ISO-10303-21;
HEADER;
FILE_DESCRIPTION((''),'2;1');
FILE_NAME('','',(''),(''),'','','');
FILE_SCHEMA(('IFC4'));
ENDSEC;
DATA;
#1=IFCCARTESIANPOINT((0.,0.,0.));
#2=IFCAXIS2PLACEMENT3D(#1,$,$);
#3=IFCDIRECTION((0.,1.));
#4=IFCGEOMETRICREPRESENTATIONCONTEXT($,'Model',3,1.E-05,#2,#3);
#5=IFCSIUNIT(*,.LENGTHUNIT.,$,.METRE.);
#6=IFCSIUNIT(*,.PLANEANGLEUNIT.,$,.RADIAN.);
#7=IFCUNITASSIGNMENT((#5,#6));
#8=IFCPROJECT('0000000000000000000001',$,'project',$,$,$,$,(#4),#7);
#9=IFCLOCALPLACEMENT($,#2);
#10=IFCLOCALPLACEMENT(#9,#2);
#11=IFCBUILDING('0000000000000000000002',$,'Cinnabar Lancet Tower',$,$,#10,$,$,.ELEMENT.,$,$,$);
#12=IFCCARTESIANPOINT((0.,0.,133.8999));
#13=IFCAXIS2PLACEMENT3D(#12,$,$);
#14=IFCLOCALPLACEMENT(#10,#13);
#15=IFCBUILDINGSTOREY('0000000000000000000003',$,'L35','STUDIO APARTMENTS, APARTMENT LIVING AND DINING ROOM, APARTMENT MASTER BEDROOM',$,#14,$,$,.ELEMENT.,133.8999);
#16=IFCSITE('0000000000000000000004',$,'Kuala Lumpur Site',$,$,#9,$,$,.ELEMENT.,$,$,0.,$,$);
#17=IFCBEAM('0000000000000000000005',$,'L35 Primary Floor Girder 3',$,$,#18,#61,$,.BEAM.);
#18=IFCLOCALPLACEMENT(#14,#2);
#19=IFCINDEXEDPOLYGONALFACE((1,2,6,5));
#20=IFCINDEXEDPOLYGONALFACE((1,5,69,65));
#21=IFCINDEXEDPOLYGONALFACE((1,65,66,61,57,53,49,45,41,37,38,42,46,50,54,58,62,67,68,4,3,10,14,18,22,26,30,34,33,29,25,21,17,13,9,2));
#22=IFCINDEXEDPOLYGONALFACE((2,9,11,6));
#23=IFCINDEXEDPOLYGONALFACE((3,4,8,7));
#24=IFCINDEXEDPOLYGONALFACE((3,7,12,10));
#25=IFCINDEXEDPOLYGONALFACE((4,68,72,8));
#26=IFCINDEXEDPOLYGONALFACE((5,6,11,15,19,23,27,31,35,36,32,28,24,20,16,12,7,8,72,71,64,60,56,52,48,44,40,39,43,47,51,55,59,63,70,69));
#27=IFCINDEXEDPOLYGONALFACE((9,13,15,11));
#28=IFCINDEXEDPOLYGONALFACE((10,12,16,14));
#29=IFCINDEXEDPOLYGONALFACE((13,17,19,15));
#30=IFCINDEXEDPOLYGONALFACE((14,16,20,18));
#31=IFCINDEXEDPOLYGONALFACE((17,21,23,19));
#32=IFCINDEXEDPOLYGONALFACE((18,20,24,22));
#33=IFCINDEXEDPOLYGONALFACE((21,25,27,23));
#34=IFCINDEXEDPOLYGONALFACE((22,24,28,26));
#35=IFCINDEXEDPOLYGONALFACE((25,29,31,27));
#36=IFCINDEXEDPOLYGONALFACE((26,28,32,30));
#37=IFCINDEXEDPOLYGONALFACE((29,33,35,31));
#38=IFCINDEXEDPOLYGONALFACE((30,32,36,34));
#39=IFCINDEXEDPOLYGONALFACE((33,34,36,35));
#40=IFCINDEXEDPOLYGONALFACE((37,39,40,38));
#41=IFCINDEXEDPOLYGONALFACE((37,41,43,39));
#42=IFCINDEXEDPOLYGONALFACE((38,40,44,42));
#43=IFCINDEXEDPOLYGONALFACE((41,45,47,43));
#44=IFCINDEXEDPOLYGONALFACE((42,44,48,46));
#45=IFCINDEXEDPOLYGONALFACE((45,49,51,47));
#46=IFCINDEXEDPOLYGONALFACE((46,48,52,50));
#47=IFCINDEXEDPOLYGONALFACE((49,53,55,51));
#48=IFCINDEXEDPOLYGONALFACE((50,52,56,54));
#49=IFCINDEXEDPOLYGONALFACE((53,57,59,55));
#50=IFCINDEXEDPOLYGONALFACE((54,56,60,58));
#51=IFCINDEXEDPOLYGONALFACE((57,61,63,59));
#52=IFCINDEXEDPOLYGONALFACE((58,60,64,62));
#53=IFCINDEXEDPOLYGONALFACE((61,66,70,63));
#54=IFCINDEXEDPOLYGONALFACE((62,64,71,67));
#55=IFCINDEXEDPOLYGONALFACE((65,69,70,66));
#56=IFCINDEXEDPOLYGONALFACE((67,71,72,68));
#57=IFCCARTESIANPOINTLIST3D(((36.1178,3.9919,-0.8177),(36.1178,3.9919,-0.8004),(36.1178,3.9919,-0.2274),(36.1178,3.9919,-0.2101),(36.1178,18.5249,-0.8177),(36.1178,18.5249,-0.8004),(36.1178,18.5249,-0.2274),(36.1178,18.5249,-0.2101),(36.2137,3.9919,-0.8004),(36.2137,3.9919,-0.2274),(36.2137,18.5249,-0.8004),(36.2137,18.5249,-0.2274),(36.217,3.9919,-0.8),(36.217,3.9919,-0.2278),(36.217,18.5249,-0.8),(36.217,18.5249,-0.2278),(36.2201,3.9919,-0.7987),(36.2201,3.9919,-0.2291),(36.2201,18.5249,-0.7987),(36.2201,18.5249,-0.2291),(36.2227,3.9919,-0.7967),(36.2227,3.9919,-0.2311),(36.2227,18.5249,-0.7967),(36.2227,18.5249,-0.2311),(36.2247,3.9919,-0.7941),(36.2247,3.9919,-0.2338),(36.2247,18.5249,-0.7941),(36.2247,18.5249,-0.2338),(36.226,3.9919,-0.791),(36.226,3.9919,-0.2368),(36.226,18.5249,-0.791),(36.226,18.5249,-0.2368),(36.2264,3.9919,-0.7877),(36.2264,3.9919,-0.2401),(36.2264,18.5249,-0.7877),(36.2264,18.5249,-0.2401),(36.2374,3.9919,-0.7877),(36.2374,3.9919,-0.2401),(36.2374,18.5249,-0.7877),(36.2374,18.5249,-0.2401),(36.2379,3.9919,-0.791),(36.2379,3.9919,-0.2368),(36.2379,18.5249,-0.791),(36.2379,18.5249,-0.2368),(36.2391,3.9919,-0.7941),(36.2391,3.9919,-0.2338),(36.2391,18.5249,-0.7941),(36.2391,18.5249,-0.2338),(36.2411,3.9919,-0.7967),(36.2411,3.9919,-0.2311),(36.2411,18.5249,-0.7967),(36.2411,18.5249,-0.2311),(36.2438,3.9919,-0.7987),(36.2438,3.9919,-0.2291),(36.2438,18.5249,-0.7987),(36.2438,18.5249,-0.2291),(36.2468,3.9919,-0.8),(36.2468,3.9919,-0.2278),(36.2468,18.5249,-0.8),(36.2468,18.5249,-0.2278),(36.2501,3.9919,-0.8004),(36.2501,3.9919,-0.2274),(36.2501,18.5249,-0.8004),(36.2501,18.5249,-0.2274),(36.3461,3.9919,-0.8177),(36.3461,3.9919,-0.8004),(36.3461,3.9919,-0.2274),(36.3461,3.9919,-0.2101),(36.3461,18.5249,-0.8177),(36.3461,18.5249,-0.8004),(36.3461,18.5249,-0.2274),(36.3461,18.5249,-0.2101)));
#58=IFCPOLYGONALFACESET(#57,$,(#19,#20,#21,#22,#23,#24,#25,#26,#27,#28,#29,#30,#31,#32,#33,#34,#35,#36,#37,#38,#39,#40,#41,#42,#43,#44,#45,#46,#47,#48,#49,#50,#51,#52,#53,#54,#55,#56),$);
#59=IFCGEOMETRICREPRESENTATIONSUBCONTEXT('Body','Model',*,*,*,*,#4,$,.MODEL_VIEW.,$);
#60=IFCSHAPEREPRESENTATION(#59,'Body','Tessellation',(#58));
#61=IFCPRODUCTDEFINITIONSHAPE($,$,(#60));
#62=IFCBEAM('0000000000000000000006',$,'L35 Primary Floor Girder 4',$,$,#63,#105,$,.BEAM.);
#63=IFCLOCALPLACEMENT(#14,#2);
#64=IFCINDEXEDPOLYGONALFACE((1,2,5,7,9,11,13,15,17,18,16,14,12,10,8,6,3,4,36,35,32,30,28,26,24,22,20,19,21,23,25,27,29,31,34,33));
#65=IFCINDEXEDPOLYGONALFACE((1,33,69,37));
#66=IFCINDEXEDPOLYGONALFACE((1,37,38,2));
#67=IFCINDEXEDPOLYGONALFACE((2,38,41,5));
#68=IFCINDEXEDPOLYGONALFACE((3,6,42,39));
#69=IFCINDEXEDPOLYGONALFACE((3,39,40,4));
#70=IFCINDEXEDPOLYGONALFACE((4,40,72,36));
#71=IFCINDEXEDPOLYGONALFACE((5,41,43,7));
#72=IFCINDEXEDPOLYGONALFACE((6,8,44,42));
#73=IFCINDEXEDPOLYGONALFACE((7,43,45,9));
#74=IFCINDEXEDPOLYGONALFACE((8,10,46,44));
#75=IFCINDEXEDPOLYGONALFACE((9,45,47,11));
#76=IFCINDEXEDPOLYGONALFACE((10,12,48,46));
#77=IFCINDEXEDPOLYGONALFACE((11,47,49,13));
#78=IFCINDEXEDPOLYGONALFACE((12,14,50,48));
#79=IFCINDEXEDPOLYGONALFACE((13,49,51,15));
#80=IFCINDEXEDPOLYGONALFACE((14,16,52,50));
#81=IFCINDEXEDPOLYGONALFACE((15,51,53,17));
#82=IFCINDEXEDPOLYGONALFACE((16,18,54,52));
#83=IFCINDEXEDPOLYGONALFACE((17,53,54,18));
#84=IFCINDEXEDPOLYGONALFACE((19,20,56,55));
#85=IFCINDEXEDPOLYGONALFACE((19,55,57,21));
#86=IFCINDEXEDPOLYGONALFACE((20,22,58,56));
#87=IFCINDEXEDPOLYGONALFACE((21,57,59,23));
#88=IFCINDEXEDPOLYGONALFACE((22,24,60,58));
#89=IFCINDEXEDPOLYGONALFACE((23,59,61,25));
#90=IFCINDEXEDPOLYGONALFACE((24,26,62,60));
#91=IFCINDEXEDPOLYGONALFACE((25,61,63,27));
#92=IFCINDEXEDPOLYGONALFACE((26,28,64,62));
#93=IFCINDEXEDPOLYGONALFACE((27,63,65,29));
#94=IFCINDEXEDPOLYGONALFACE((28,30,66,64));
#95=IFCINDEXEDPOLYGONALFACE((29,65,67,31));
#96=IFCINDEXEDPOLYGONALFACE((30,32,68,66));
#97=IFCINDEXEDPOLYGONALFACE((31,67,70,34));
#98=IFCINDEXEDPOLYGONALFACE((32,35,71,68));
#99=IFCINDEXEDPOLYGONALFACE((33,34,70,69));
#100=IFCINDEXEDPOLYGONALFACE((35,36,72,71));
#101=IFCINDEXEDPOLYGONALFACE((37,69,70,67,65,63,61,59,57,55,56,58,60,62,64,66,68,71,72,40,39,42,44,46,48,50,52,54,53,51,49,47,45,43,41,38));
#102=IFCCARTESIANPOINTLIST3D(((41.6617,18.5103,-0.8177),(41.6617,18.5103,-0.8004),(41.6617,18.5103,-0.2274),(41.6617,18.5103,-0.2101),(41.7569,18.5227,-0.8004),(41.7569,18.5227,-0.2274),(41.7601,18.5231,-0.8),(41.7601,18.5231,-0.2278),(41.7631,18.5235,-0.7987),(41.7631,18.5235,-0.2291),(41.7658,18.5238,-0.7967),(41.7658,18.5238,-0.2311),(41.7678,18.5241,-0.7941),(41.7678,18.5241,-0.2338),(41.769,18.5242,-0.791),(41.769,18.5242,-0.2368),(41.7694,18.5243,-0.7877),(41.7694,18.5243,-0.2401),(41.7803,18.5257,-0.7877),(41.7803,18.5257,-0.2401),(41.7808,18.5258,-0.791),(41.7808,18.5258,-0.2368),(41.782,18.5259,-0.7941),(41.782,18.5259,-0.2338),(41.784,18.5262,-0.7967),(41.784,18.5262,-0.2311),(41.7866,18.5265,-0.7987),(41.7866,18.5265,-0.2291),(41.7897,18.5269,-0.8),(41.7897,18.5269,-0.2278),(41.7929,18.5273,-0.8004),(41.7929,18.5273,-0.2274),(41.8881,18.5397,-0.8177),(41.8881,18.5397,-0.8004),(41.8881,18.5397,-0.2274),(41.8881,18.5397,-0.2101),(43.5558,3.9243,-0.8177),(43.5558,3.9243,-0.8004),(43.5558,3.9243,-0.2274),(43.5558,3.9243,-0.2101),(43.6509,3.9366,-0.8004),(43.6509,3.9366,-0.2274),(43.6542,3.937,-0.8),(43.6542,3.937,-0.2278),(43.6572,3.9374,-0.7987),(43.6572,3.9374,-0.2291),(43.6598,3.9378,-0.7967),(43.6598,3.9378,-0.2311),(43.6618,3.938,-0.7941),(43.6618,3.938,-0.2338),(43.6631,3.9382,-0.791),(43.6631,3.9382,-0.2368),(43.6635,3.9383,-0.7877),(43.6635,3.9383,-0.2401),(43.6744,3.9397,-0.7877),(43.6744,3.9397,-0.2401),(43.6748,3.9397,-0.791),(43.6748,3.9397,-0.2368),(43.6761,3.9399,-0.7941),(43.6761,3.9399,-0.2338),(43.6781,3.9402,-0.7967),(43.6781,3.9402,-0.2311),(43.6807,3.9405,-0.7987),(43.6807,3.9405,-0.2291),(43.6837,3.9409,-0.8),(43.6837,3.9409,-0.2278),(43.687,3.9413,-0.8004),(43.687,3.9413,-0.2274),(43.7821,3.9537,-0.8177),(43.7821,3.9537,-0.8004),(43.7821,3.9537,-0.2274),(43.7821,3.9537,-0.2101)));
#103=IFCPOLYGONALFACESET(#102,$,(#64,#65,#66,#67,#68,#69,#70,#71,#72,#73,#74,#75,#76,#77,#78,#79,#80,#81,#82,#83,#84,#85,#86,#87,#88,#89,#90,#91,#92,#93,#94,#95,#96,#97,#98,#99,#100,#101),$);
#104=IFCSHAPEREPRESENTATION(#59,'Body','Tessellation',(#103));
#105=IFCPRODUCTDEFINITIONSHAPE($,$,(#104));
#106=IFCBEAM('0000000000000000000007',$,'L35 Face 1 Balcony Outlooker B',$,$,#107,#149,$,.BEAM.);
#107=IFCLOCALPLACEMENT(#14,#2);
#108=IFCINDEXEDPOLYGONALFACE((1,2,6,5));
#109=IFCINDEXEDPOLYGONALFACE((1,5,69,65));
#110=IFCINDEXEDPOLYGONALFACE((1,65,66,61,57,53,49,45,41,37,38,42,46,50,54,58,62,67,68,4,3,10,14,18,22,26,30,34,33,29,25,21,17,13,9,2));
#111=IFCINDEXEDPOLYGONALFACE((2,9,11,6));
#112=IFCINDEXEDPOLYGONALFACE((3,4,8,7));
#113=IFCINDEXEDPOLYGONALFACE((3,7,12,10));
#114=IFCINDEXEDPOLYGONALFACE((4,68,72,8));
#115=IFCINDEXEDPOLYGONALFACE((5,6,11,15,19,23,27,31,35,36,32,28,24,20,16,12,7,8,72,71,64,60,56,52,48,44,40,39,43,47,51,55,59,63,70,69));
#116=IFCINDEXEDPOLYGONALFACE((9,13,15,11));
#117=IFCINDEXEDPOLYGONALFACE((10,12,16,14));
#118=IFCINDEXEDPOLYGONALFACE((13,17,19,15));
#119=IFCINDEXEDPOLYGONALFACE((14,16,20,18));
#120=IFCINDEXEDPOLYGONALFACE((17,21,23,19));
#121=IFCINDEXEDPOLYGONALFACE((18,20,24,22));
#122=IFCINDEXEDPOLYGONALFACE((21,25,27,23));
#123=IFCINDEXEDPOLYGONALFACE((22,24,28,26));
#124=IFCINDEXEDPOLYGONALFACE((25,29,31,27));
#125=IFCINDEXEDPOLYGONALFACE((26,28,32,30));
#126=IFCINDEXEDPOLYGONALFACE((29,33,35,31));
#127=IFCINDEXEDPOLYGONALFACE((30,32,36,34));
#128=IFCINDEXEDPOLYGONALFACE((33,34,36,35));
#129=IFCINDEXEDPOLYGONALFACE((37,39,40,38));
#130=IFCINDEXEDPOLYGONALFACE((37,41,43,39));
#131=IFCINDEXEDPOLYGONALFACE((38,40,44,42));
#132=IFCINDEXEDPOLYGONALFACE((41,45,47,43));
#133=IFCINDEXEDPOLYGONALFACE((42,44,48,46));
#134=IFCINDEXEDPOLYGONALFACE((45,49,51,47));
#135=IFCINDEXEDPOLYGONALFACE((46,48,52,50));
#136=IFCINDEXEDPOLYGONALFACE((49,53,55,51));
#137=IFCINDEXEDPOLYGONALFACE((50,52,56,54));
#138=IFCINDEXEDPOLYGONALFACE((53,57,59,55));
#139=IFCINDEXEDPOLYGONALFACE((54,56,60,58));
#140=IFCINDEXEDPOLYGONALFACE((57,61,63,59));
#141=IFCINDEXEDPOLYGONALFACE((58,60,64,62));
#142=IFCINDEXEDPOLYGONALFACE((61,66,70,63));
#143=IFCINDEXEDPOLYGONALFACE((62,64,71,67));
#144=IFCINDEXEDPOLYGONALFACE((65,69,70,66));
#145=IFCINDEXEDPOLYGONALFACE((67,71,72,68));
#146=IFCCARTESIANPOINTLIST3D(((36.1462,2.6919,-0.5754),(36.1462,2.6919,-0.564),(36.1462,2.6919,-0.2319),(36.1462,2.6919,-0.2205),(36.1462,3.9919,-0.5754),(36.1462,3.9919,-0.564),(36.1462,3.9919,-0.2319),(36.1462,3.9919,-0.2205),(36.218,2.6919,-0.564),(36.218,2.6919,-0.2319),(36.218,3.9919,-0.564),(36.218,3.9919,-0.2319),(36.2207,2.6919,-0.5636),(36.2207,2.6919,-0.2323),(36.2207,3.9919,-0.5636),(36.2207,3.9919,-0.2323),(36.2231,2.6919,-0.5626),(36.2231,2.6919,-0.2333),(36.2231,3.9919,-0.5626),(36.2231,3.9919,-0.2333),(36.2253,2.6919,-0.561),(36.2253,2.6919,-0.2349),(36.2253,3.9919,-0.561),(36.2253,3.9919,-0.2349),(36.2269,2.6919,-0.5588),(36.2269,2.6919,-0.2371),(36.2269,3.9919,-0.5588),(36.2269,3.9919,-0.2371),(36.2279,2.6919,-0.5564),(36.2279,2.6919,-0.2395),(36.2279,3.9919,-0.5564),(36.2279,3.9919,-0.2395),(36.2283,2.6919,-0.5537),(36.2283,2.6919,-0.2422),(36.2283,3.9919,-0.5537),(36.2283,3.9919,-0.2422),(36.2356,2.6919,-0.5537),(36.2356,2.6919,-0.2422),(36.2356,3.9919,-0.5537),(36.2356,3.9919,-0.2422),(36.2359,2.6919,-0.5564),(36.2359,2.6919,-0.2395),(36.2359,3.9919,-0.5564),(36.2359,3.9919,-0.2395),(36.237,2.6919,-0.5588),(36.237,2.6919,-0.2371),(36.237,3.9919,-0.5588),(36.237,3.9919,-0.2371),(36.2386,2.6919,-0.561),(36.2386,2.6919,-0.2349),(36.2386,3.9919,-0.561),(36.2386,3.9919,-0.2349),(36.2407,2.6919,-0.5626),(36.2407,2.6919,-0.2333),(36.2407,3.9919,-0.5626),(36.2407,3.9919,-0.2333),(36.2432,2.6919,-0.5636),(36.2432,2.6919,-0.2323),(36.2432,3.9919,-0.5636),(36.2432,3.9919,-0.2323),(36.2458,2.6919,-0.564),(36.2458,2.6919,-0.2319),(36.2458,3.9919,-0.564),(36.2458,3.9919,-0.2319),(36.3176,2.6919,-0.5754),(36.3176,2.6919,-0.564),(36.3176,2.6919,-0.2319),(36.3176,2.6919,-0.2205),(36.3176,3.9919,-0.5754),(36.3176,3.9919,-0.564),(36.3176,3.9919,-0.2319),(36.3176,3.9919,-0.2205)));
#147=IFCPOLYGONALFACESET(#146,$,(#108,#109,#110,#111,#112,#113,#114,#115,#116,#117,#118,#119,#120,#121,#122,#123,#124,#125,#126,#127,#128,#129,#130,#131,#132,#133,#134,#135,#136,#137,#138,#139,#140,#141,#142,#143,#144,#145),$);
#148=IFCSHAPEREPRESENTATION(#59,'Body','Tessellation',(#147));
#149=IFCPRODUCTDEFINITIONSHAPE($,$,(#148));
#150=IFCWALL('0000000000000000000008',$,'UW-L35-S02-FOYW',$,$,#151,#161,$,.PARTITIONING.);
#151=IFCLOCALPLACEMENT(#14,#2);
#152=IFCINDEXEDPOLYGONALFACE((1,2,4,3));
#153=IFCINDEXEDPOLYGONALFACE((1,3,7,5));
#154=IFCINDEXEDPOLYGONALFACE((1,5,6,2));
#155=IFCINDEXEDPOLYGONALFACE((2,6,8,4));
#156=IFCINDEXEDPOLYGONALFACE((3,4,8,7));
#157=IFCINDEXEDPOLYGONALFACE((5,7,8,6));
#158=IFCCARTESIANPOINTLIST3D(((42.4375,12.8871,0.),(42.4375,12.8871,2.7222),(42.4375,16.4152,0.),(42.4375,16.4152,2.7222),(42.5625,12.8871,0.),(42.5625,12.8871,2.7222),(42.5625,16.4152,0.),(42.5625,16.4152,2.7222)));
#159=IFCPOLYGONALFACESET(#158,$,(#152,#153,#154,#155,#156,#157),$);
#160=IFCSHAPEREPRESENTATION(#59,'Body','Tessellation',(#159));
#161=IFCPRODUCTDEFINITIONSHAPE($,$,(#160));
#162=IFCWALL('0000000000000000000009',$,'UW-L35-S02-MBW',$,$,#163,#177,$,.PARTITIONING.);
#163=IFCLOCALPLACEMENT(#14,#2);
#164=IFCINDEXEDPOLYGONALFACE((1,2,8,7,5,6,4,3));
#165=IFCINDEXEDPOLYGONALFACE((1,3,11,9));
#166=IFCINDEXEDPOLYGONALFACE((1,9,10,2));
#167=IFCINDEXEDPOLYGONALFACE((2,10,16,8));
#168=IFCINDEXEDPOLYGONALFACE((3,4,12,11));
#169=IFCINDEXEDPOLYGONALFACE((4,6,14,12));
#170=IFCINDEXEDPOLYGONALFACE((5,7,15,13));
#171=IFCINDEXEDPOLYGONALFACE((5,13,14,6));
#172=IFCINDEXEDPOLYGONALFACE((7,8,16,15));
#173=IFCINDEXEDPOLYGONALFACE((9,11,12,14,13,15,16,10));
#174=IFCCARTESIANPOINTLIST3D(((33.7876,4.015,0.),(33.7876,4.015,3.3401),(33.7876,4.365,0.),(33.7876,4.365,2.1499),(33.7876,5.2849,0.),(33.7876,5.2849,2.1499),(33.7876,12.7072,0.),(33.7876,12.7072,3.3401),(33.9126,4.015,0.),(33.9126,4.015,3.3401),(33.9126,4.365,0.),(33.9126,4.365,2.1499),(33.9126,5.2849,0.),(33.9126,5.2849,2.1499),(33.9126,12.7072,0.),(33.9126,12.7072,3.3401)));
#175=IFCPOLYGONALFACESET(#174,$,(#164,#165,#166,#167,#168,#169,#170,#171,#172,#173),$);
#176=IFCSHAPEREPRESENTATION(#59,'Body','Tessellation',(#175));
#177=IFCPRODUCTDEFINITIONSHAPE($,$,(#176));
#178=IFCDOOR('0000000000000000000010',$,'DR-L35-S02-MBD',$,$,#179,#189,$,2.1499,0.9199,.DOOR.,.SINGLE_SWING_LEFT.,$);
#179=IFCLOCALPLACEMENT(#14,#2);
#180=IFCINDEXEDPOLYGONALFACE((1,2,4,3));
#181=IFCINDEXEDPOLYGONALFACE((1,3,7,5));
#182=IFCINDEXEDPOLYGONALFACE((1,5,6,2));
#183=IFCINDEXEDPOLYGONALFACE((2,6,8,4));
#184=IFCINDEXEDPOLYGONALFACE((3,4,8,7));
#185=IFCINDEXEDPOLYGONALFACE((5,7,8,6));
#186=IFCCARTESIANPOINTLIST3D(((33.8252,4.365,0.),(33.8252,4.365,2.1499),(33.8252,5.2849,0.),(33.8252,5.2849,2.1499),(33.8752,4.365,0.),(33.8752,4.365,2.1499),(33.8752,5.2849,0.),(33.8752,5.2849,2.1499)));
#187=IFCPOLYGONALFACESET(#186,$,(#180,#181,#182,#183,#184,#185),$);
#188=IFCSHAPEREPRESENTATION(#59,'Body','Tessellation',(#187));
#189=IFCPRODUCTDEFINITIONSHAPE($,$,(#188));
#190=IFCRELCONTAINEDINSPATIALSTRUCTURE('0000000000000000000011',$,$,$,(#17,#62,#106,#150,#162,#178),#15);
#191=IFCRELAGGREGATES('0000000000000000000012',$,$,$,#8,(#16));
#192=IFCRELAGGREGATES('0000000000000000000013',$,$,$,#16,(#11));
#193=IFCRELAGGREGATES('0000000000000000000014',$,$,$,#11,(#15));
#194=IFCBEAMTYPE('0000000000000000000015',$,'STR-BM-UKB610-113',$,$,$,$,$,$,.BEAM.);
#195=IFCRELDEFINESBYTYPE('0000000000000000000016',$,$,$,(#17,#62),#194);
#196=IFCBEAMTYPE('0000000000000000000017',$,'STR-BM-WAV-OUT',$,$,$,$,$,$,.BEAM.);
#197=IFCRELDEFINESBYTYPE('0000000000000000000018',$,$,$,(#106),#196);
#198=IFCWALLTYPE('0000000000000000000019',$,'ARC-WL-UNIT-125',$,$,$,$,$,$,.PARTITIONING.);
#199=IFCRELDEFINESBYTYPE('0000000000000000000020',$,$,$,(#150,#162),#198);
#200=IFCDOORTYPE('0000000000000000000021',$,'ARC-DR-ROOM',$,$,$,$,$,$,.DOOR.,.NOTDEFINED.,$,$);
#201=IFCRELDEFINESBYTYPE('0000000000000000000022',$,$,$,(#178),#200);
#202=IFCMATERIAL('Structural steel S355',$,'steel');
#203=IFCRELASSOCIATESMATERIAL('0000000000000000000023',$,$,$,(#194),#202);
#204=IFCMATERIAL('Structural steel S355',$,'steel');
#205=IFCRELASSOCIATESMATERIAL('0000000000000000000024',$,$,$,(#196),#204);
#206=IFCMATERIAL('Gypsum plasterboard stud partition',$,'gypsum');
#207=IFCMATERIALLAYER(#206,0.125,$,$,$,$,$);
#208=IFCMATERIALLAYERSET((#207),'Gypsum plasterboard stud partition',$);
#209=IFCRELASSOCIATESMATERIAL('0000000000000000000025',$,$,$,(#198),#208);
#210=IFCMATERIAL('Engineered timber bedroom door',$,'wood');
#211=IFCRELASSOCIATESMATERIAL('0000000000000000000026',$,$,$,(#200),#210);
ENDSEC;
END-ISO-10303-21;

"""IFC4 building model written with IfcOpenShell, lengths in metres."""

from ifc_helpers import new_model, si_unit, direction, frame, frame_2d, origin, origin_2d, place, context, subcontext, project, spatial, rectangle, i_section, extrude, material, layer, layer_set, material_profile, profile_set, type_object, element, fill, save


model = new_model("IFC4")

# Units and contexts
model_context = context("Model", 3, precision=1e-05, world=origin(), true_north=direction((0.0, 1.0)))
body_context = subcontext(model_context, "Body", "Model", "MODEL_VIEW")
ifc_project = project(units=[si_unit("LENGTHUNIT", "METRE"), si_unit("PLANEANGLEUNIT", "RADIAN")], contexts=[model_context])

# Site, building, storey
site_placement = place(None, origin())
site = spatial("IfcSite", under=ifc_project, at=site_placement, Name="Kuala Lumpur Site", CompositionType="ELEMENT", RefElevation=0.0)
building_placement = place(site_placement, origin())
building = spatial("IfcBuilding", under=site, at=building_placement, Name="Cinnabar Lancet Tower", CompositionType="ELEMENT")
storey_placement = place(building_placement, frame((0.0, 0.0, 133.8999)))
storey = spatial("IfcBuildingStorey", under=building, at=storey_placement, Name="L35", Description="STUDIO APARTMENTS, APARTMENT LIVING AND DINING ROOM, APARTMENT MASTER BEDROOM", CompositionType="ELEMENT", Elevation=133.8999)

# Beams
ifc_material_1 = material(Name="Structural steel S355", Category="steel")
ifc_material_profile_1 = material_profile(ifc_material_1, i_section(OverallWidth=0.2283, OverallDepth=0.6077, WebThickness=0.011, FlangeThickness=0.0173, FilletRadius=0.0127, at=origin_2d()), Name="UKB 610x229x113")
ifc_profile_set_1 = profile_set([ifc_material_profile_1], Name="Structural steel S355")
beam_type_1 = type_object("IfcBeamType", Name="STR-BM-UKB610-113", PredefinedType="BEAM", material=ifc_profile_set_1)
beam_1_placement = place(storey_placement, frame((36.2319, 3.9919, -0.5139), z_axis=(0.0, 1.0, 0.0), x_axis=(-1.0, 0.0, 0.0)))
element("IfcBeam", 1, at=beam_1_placement, inside=storey, type_object=beam_type_1, Name="L35 Primary Floor Girder 3", PredefinedType="BEAM", context=body_context, shape_type="SweptSolid", body=[
    extrude(i_section(OverallWidth=0.2283, OverallDepth=0.6077, WebThickness=0.011, FlangeThickness=0.0173, FilletRadius=0.0127, at=origin_2d()), origin(), (0.0, 0.0, 1.0), 14.533),
])
beam_2_placement = place(storey_placement, frame((43.6689, 3.939, -0.5139), z_axis=(-0.128773, 0.991674, 0.0), x_axis=(-0.991674, -0.128773, 0.0)))
element("IfcBeam", 2, at=beam_2_placement, inside=storey, type_object=beam_type_1, Name="L35 Primary Floor Girder 4", PredefinedType="BEAM", context=body_context, shape_type="SweptSolid", body=[
    extrude(i_section(OverallWidth=0.2283, OverallDepth=0.6077, WebThickness=0.011, FlangeThickness=0.0173, FilletRadius=0.0127, at=origin_2d()), origin(), (0.0, 0.0, 1.0), 14.7085),
])
ifc_material_2 = material(Name="Structural steel S355", Category="steel")
ifc_material_profile_2 = material_profile(ifc_material_2, i_section(OverallWidth=0.1714, OverallDepth=0.355, WebThickness=0.0073, FlangeThickness=0.0115, FilletRadius=0.0103, at=origin_2d()), Name="UKB 356x171x51")
ifc_profile_set_2 = profile_set([ifc_material_profile_2], Name="Structural steel S355")
beam_type_2 = type_object("IfcBeamType", Name="STR-BM-WAV-OUT", PredefinedType="BEAM", material=ifc_profile_set_2)
beam_3_placement = place(storey_placement, frame((36.2319, 3.9919, -0.3979), z_axis=(0.0, -1.0, 0.0), x_axis=(1.0, 0.0, 0.0)))
element("IfcBeam", 3, at=beam_3_placement, inside=storey, type_object=beam_type_2, Name="L35 Face 1 Balcony Outlooker B", PredefinedType="BEAM", context=body_context, shape_type="SweptSolid", body=[
    extrude(i_section(OverallWidth=0.1714, OverallDepth=0.355, WebThickness=0.0073, FlangeThickness=0.0115, FilletRadius=0.0103, at=origin_2d()), origin(), (0.0, 0.0, 1.0), 1.3),
])

# Wall
ifc_material_3 = material(Name="Gypsum plasterboard stud partition", Category="gypsum")
ifc_layer_1 = layer(ifc_material_3, 0.125)
ifc_layer_set_1 = layer_set([ifc_layer_1], Name="Gypsum plasterboard stud partition")
wall_type_1 = type_object("IfcWallType", Name="ARC-WL-UNIT-125", PredefinedType="PARTITIONING", material=ifc_layer_set_1)
wall_1_placement = place(storey_placement, frame((42.5, 12.887, 0.0), z_axis=(0.0, 0.0, 1.0), x_axis=(0.0, 1.0, 0.0)))
element("IfcWall", 4, at=wall_1_placement, inside=storey, type_object=wall_type_1, Name="UW-L35-S02-FOYW", PredefinedType="PARTITIONING", context=body_context, shape_type="SweptSolid", body=[
    extrude(rectangle(XDim=3.5281, YDim=0.125, at=frame_2d((1.7642, 0.0))), origin(), (0.0, 0.0, 1.0), 2.7222),
])

# Wall, opening, door
wall_2_placement = place(storey_placement, frame((33.8501, 4.0149, 0.0), z_axis=(0.0, 0.0, 1.0), x_axis=(0.0, 1.0, 0.0)))
wall_2 = element("IfcWall", 5, at=wall_2_placement, inside=storey, type_object=wall_type_1, Name="UW-L35-S02-MBW", PredefinedType="PARTITIONING", context=body_context, shape_type="SweptSolid", body=[
    extrude(rectangle(XDim=8.6921, YDim=0.125, at=frame_2d((4.3462, 0.0))), origin(), (0.0, 0.0, 1.0), 3.3401),
])
opening_1_placement = place(wall_2_placement, frame((0.3501, 0.0, 0.0)))
opening_1 = element("IfcOpeningElement", 6, at=opening_1_placement, cuts=wall_2, PredefinedType="OPENING", context=body_context, shape_type="SweptSolid", body=[
    extrude(rectangle(XDim=0.9199, YDim=2.1499, at=frame_2d((0.46, 1.075))), frame((0.0, 0.0725, 0.0), z_axis=(0.0, -1.0, 0.0), x_axis=(1.0, 0.0, 0.0)), (0.0, 0.0, 1.0), 0.145),
])
ifc_material_4 = material(Name="Engineered timber bedroom door", Category="wood")
door_type_1 = type_object("IfcDoorType", Name="ARC-DR-ROOM", OperationType="NOTDEFINED", PredefinedType="DOOR", material=ifc_material_4)
door_1_placement = place(opening_1_placement, origin())
door_1 = element("IfcDoor", 7, at=door_1_placement, inside=storey, type_object=door_type_1, Name="DR-L35-S02-MBD", OperationType="SINGLE_SWING_LEFT", OverallHeight=2.1499, OverallWidth=0.9199, PredefinedType="DOOR", context=body_context, shape_type="SweptSolid", body=[
    extrude(rectangle(XDim=0.9199, YDim=2.1499, at=frame_2d((0.46, 1.075))), frame((0.0, 0.0249, 0.0), z_axis=(0.0, -1.0, 0.0), x_axis=(1.0, 0.0, 0.0)), (0.0, 0.0, 1.0), 0.05),
])
fill(opening_1, door_1)

save(model, "model.ifc")
